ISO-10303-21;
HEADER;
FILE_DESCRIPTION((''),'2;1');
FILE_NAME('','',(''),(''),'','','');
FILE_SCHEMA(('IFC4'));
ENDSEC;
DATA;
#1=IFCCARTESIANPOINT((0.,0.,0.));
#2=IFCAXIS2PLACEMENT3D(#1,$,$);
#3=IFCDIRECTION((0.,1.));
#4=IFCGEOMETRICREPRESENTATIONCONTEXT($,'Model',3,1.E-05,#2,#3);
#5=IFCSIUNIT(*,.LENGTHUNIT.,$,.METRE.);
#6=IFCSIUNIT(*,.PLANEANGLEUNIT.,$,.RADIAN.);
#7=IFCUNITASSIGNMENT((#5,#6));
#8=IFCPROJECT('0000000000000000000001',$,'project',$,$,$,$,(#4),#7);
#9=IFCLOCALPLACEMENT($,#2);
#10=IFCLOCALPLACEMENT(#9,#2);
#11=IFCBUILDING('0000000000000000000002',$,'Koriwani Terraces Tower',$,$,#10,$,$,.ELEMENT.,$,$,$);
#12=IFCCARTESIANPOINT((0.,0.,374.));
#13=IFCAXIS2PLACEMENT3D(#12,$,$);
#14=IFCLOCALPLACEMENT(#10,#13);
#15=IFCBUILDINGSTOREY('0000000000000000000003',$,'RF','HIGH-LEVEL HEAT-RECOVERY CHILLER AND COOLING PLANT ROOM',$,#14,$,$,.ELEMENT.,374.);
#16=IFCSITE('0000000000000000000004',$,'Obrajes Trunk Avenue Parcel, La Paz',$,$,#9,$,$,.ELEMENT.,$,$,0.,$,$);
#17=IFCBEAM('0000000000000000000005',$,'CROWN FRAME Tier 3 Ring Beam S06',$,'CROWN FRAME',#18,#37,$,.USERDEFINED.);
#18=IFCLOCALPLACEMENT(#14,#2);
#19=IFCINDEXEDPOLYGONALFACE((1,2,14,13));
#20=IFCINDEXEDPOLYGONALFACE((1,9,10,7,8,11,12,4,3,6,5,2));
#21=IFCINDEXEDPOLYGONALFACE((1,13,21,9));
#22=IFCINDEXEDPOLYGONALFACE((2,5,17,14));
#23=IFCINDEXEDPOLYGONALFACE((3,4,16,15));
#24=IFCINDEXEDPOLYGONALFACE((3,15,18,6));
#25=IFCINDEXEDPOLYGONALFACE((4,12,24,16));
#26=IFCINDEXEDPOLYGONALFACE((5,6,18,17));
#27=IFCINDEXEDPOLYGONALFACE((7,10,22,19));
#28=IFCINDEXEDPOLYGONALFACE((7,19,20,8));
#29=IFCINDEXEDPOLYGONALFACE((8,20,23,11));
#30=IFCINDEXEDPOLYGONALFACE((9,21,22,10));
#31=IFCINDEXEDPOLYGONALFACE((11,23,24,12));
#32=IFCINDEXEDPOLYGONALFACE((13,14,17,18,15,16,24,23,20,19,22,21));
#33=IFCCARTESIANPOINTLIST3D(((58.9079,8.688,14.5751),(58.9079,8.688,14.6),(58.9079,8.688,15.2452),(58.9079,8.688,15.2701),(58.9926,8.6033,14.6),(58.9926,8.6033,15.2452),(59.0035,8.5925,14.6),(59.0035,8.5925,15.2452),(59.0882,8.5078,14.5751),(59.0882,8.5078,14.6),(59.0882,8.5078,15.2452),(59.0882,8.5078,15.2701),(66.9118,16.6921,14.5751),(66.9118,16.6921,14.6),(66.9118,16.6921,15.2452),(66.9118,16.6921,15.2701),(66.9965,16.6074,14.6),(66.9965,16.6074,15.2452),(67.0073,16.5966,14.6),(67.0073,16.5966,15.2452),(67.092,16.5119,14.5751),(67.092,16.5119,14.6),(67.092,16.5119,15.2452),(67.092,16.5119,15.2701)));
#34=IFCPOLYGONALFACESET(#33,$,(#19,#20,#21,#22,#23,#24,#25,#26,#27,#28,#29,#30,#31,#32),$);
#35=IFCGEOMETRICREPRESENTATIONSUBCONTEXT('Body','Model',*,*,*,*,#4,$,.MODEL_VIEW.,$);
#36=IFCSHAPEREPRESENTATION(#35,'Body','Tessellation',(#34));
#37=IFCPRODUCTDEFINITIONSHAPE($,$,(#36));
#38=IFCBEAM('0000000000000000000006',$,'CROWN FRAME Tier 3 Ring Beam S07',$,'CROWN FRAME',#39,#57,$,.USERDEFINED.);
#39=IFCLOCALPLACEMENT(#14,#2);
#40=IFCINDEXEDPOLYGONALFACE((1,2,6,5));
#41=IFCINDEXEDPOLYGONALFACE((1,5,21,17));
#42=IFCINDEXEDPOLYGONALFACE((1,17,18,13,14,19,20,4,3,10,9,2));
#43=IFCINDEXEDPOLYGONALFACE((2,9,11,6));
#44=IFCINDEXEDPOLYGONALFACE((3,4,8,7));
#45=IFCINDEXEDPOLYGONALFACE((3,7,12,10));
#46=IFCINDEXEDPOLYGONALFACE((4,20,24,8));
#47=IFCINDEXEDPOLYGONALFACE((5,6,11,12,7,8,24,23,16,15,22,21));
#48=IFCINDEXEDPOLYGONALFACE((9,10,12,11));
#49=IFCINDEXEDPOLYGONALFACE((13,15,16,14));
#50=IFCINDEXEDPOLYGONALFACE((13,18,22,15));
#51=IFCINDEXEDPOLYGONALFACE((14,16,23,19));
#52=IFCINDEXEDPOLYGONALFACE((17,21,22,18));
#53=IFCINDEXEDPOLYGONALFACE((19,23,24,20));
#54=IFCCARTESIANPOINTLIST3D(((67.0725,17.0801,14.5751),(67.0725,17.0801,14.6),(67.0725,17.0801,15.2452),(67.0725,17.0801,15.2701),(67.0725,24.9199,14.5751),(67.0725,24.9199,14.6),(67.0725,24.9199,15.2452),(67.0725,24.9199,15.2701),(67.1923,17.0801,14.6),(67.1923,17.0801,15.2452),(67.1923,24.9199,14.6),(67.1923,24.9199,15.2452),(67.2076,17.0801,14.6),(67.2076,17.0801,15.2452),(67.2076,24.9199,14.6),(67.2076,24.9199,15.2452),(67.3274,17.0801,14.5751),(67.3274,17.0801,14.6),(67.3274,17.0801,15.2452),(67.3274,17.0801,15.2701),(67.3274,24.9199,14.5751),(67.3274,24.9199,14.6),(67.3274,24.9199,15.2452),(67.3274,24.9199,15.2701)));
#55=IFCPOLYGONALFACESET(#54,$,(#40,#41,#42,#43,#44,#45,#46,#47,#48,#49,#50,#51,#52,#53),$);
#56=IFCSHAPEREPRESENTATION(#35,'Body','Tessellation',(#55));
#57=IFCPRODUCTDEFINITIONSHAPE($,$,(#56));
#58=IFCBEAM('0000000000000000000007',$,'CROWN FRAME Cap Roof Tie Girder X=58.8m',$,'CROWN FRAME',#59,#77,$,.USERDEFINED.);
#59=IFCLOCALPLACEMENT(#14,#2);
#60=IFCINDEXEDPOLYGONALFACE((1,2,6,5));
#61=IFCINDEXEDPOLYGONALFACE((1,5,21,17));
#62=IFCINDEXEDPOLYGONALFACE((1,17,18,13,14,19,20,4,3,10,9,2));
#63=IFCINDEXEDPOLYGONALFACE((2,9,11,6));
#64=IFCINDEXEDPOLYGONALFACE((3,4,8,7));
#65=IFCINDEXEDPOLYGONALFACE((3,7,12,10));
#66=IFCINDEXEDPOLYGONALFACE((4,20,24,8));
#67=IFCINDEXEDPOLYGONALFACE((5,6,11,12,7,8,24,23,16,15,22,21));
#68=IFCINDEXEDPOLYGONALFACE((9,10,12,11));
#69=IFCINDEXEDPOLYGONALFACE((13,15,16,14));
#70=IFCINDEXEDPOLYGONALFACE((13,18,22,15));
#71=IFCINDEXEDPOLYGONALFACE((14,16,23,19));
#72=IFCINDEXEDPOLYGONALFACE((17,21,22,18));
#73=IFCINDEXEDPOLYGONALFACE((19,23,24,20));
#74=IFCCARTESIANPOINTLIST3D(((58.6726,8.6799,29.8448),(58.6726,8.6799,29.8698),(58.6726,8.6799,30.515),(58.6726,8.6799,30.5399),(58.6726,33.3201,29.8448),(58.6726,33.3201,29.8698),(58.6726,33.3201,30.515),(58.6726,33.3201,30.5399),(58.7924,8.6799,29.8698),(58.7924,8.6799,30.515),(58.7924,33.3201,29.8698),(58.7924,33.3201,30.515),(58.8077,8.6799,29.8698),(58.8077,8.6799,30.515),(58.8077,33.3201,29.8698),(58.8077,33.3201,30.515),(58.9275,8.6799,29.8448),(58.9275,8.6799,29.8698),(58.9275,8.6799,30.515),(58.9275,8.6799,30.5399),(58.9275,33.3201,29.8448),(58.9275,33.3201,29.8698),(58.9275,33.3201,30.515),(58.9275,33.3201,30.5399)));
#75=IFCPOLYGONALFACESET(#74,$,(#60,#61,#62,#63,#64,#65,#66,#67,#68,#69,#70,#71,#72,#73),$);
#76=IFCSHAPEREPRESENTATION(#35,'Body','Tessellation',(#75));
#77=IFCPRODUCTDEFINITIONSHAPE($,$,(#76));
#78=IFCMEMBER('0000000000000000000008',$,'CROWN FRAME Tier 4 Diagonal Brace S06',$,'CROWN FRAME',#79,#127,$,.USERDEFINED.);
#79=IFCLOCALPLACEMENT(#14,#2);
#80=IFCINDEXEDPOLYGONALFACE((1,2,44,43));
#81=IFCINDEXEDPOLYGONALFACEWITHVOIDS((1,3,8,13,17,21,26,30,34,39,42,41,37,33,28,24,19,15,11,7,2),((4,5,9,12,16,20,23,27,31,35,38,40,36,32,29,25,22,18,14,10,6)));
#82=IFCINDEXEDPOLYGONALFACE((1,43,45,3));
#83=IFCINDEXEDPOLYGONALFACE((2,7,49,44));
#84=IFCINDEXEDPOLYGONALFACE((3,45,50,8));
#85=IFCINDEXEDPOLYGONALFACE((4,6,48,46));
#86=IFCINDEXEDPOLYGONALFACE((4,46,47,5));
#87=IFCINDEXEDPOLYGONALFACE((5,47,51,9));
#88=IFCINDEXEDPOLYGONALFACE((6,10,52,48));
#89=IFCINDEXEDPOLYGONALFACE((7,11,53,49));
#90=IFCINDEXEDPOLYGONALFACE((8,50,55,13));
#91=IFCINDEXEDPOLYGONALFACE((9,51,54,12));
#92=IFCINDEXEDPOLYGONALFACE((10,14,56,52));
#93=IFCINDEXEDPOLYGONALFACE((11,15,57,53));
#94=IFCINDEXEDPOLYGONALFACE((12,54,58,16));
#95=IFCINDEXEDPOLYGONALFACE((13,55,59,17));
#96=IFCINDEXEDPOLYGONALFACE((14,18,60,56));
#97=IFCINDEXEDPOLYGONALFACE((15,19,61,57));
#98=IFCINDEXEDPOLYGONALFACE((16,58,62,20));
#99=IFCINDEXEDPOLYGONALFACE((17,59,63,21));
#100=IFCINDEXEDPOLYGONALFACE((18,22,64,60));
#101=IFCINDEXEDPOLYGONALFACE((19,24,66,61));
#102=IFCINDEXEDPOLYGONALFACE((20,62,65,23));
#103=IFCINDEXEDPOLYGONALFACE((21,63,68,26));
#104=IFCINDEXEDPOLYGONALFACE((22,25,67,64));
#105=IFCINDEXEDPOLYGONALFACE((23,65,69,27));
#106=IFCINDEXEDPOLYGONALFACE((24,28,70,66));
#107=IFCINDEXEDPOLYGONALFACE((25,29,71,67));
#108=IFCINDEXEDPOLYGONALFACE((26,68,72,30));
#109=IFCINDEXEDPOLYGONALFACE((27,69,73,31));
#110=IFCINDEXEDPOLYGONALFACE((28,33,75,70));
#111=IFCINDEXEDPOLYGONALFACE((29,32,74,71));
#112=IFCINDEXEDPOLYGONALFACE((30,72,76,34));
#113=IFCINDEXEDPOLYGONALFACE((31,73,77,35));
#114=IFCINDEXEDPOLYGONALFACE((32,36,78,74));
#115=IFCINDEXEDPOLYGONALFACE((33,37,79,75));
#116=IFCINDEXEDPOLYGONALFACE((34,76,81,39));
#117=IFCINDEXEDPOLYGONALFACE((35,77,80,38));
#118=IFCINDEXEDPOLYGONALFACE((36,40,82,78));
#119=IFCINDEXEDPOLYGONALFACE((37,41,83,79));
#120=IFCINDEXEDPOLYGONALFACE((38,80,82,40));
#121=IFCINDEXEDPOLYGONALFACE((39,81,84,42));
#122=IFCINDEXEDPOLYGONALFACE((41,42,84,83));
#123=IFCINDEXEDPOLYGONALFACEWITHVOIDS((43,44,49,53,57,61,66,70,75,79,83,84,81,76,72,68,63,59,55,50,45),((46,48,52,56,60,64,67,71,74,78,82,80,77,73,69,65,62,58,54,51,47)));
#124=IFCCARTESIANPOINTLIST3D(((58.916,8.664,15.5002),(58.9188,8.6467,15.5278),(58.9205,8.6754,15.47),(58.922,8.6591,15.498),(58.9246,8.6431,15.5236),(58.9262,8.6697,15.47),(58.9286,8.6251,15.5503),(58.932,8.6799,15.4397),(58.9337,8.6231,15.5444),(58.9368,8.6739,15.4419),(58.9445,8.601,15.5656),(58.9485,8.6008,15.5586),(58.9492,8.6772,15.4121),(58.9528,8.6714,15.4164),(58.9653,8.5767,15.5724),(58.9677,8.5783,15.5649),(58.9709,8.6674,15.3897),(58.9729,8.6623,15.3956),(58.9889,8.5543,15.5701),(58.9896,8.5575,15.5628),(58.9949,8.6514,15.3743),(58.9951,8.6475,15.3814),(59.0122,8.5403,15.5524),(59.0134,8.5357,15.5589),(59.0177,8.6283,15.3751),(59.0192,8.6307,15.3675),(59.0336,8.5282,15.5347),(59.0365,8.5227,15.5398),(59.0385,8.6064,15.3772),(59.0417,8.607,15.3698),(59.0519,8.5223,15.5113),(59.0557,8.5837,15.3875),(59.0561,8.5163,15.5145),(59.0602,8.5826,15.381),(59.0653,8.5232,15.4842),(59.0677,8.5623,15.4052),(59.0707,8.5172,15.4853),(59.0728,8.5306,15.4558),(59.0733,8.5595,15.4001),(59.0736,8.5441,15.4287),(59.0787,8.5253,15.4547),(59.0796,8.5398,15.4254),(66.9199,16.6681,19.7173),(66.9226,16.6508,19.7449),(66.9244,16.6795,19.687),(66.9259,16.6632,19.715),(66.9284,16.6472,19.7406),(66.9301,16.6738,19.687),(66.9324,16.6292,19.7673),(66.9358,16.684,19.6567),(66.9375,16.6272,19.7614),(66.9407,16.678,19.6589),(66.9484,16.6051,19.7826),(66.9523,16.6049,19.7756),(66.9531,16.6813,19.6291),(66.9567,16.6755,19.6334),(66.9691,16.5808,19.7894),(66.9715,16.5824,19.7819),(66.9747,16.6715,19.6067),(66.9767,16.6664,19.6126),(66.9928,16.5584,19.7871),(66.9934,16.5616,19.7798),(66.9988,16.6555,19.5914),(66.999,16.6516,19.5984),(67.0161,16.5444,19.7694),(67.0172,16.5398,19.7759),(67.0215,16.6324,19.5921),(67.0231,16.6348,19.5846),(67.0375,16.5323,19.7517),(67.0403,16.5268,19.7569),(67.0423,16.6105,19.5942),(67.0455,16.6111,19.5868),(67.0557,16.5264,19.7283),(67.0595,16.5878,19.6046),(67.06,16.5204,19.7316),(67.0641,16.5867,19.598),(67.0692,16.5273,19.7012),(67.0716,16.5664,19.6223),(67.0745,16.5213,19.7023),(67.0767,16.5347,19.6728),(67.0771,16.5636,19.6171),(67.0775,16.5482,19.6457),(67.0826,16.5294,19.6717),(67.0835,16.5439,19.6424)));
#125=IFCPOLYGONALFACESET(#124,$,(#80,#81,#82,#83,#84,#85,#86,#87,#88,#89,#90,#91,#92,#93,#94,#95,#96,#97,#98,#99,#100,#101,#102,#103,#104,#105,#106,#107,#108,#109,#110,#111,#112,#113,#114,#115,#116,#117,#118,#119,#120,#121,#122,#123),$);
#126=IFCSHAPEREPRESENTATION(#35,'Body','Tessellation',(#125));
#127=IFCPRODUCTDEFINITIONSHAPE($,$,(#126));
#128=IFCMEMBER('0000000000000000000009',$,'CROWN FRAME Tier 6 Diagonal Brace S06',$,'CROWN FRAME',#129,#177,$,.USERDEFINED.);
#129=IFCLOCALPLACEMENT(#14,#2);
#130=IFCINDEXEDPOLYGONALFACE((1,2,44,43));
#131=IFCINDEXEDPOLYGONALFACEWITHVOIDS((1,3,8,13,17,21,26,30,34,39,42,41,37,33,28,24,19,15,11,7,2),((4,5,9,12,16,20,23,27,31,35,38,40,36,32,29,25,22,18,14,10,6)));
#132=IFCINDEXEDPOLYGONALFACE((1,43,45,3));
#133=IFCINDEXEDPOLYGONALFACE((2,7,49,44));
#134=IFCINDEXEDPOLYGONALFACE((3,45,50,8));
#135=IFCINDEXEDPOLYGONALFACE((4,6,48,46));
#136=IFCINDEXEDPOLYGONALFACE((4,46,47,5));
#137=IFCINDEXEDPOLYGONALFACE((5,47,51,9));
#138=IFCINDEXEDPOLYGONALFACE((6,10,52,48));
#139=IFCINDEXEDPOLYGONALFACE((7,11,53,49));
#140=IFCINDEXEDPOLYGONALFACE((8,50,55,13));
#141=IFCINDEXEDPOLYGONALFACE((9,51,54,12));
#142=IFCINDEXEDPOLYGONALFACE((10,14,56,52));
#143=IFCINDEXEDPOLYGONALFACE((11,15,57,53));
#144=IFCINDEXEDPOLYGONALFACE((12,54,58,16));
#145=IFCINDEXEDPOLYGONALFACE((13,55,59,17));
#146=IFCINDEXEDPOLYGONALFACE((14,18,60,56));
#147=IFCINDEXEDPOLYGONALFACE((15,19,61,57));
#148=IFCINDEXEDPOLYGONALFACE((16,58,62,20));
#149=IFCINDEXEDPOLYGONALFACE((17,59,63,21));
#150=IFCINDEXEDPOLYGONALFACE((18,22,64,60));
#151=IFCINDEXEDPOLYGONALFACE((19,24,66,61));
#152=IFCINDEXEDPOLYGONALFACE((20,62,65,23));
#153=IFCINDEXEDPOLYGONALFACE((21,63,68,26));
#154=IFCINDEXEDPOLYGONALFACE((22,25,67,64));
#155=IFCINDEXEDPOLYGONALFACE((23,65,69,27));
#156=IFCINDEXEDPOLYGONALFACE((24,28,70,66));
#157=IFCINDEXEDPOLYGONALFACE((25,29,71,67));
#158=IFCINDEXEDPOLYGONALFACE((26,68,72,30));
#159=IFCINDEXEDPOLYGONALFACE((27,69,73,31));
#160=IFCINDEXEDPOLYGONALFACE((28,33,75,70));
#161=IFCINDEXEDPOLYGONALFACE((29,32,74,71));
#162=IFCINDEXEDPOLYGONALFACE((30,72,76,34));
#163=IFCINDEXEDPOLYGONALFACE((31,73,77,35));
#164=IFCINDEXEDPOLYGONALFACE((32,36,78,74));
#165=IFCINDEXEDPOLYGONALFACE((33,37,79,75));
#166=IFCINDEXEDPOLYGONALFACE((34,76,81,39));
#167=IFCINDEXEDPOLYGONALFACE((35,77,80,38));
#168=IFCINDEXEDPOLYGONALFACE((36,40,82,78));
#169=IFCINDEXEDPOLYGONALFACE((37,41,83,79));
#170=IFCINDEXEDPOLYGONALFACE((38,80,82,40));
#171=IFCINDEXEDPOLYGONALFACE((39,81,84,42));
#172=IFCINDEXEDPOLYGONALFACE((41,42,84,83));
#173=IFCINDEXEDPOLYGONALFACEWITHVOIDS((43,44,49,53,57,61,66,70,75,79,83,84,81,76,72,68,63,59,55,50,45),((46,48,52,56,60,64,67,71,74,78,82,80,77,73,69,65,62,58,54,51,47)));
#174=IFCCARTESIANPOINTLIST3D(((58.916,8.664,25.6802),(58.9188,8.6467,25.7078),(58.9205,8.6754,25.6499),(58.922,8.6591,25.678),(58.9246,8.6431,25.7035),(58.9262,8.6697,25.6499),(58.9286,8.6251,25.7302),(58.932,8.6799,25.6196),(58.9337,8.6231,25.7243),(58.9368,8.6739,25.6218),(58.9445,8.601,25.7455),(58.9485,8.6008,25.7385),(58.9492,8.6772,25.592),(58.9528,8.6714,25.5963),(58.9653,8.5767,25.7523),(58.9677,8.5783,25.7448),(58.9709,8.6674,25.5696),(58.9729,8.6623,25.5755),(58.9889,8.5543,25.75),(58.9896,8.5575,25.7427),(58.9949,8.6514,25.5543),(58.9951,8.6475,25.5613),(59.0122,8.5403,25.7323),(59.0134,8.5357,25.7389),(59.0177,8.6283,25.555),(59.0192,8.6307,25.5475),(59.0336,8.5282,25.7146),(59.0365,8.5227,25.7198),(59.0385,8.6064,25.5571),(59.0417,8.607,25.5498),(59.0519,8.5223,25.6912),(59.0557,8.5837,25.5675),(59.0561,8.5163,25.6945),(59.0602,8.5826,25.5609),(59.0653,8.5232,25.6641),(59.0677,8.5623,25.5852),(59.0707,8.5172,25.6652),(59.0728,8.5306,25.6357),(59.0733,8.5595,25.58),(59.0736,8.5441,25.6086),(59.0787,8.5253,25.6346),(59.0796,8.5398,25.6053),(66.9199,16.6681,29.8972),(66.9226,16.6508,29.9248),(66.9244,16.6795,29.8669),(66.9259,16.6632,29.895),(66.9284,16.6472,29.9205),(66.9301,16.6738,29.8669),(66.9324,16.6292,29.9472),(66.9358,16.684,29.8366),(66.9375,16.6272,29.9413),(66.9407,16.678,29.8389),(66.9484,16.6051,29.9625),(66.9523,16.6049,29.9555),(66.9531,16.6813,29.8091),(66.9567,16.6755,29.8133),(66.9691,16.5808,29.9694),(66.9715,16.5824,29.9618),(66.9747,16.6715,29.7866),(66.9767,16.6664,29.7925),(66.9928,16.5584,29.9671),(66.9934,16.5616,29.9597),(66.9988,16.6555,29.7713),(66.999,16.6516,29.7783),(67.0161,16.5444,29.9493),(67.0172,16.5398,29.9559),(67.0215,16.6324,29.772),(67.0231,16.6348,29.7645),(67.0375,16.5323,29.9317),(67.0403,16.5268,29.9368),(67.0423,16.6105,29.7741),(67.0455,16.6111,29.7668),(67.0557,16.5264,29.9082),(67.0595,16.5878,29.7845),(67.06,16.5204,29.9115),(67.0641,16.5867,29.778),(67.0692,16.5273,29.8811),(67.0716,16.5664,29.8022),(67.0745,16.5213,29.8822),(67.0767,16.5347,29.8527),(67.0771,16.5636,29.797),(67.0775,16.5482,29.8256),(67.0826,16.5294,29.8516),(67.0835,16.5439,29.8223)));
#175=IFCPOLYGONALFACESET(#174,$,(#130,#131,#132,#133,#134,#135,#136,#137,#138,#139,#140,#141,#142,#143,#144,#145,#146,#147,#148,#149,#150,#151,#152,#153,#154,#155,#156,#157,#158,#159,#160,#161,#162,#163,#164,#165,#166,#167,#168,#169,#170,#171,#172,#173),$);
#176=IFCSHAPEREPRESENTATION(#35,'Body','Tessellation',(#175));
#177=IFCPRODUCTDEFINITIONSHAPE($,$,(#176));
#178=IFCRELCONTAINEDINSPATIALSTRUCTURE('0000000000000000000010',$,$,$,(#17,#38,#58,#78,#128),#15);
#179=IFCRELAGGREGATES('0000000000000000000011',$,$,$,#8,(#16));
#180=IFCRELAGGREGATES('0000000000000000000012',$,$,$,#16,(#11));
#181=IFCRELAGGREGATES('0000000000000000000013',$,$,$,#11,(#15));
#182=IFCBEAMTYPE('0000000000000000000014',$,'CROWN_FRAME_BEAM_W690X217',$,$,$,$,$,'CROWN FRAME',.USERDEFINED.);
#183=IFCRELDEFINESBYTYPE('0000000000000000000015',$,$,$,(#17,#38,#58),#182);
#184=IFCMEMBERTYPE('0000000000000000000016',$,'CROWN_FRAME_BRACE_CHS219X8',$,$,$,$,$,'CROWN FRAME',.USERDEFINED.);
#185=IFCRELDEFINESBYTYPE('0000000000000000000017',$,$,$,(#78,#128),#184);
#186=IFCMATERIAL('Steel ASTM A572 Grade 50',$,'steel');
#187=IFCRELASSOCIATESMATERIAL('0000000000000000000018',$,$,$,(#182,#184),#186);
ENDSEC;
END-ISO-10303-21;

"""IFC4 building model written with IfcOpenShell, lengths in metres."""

from ifc_helpers import new_model, si_unit, direction, frame, origin, origin_2d, place, context, subcontext, project, spatial, hollow_circle, i_section, extrude, material, material_profile, profile_set, type_object, element, save


model = new_model("IFC4")

# Units and contexts
model_context = context("Model", 3, precision=1e-05, world=origin(), true_north=direction((0.0, 1.0)))
body_context = subcontext(model_context, "Body", "Model", "MODEL_VIEW")
ifc_project = project(units=[si_unit("LENGTHUNIT", "METRE"), si_unit("PLANEANGLEUNIT", "RADIAN")], contexts=[model_context])

# Site, building, storey
site_placement = place(None, origin())
site = spatial("IfcSite", under=ifc_project, at=site_placement, Name="Obrajes Trunk Avenue Parcel, La Paz", CompositionType="ELEMENT", RefElevation=0.0)
building_placement = place(site_placement, origin())
building = spatial("IfcBuilding", under=site, at=building_placement, Name="Koriwani Terraces Tower", CompositionType="ELEMENT")
storey_placement = place(building_placement, frame((0.0, 0.0, 374.0)))
storey = spatial("IfcBuildingStorey", under=building, at=storey_placement, Name="RF", Description="HIGH-LEVEL HEAT-RECOVERY CHILLER AND COOLING PLANT ROOM", CompositionType="ELEMENT", Elevation=374.0)

# Shared definitions
ifc_material_1 = material(Name="Steel ASTM A572 Grade 50", Category="steel")

# Beams
ifc_material_profile_1 = material_profile(ifc_material_1, i_section(OverallWidth=0.2549, OverallDepth=0.6951, WebThickness=0.0154, FlangeThickness=0.0249, at=origin_2d()), Name="Steel ASTM A572 Grade 50", Category="LoadBearing")
ifc_profile_set_1 = profile_set([ifc_material_profile_1], Name="Steel ASTM A572 Grade 50")
beam_type_1 = type_object("IfcBeamType", Name="CROWN_FRAME_BEAM_W690X217", ElementType="CROWN FRAME", PredefinedType="USERDEFINED", material=ifc_profile_set_1)
beam_1_placement = place(storey_placement, frame((58.998, 8.5979, 14.9226), z_axis=(0.707096, 0.707118, 0.0), x_axis=(-0.707118, 0.707096, 0.0)))
element("IfcBeam", 1, at=beam_1_placement, inside=storey, type_object=beam_type_1, Name="CROWN FRAME Tier 3 Ring Beam S06", ObjectType="CROWN FRAME", PredefinedType="USERDEFINED", context=body_context, shape_type="SweptSolid", body=[
    extrude(i_section(OverallWidth=0.2549, OverallDepth=0.6951, WebThickness=0.0154, FlangeThickness=0.0249, at=origin_2d()), origin(), (0.0, 0.0, 1.0), 11.3193),
])
beam_2_placement = place(storey_placement, frame((67.2, 17.0801, 14.9226), z_axis=(0.0, 1.0, 0.0), x_axis=(-1.0, 0.0, 0.0)))
element("IfcBeam", 2, at=beam_2_placement, inside=storey, type_object=beam_type_1, Name="CROWN FRAME Tier 3 Ring Beam S07", ObjectType="CROWN FRAME", PredefinedType="USERDEFINED", context=body_context, shape_type="SweptSolid", body=[
    extrude(i_section(OverallWidth=0.2549, OverallDepth=0.6951, WebThickness=0.0154, FlangeThickness=0.0249, at=origin_2d()), origin(), (0.0, 0.0, 1.0), 7.8398),
])
beam_3_placement = place(storey_placement, frame((58.8, 8.6799, 30.1924), z_axis=(0.0, 1.0, 0.0), x_axis=(-1.0, 0.0, 0.0)))
element("IfcBeam", 3, at=beam_3_placement, inside=storey, type_object=beam_type_1, Name="CROWN FRAME Cap Roof Tie Girder X=58.8m", ObjectType="CROWN FRAME", PredefinedType="USERDEFINED", context=body_context, shape_type="SweptSolid", body=[
    extrude(i_section(OverallWidth=0.2549, OverallDepth=0.6951, WebThickness=0.0154, FlangeThickness=0.0249, at=origin_2d()), origin(), (0.0, 0.0, 1.0), 24.6401),
])

# Members
ifc_material_profile_2 = material_profile(ifc_material_1, hollow_circle(Radius=0.1096, WallThickness=0.0081, at=origin_2d()), Name="Steel ASTM A572 Grade 50", Category="LoadBearing")
ifc_profile_set_2 = profile_set([ifc_material_profile_2], Name="Steel ASTM A572 Grade 50")
member_type_1 = type_object("IfcMemberType", Name="CROWN_FRAME_BRACE_CHS219X8", ElementType="CROWN FRAME", PredefinedType="USERDEFINED", material=ifc_profile_set_2)
for number, where, z_axis, x_axis, name in (
    (4, (58.998, 8.5979, 15.47), (0.662607, 0.662627, 0.34911), (-0.707118, 0.707096, 0.0), "CROWN FRAME Tier 4 Diagonal Brace S06"),
    (5, (58.998, 8.5979, 25.6499), (0.662607, 0.662627, 0.34911), (-0.707118, 0.707096, 0.0), "CROWN FRAME Tier 6 Diagonal Brace S06"),
):
    element("IfcMember", number, at=place(storey_placement, frame(where, z_axis=z_axis, x_axis=x_axis)), inside=storey, type_object=member_type_1, Name=name, ObjectType="CROWN FRAME", PredefinedType="USERDEFINED", context=body_context, shape_type="SweptSolid", body=[
        extrude(hollow_circle(Radius=0.1096, WallThickness=0.0081, at=origin_2d()), origin(), (0.0, 0.0, 1.0), 12.0793),
    ])

save(model, "model.ifc")
